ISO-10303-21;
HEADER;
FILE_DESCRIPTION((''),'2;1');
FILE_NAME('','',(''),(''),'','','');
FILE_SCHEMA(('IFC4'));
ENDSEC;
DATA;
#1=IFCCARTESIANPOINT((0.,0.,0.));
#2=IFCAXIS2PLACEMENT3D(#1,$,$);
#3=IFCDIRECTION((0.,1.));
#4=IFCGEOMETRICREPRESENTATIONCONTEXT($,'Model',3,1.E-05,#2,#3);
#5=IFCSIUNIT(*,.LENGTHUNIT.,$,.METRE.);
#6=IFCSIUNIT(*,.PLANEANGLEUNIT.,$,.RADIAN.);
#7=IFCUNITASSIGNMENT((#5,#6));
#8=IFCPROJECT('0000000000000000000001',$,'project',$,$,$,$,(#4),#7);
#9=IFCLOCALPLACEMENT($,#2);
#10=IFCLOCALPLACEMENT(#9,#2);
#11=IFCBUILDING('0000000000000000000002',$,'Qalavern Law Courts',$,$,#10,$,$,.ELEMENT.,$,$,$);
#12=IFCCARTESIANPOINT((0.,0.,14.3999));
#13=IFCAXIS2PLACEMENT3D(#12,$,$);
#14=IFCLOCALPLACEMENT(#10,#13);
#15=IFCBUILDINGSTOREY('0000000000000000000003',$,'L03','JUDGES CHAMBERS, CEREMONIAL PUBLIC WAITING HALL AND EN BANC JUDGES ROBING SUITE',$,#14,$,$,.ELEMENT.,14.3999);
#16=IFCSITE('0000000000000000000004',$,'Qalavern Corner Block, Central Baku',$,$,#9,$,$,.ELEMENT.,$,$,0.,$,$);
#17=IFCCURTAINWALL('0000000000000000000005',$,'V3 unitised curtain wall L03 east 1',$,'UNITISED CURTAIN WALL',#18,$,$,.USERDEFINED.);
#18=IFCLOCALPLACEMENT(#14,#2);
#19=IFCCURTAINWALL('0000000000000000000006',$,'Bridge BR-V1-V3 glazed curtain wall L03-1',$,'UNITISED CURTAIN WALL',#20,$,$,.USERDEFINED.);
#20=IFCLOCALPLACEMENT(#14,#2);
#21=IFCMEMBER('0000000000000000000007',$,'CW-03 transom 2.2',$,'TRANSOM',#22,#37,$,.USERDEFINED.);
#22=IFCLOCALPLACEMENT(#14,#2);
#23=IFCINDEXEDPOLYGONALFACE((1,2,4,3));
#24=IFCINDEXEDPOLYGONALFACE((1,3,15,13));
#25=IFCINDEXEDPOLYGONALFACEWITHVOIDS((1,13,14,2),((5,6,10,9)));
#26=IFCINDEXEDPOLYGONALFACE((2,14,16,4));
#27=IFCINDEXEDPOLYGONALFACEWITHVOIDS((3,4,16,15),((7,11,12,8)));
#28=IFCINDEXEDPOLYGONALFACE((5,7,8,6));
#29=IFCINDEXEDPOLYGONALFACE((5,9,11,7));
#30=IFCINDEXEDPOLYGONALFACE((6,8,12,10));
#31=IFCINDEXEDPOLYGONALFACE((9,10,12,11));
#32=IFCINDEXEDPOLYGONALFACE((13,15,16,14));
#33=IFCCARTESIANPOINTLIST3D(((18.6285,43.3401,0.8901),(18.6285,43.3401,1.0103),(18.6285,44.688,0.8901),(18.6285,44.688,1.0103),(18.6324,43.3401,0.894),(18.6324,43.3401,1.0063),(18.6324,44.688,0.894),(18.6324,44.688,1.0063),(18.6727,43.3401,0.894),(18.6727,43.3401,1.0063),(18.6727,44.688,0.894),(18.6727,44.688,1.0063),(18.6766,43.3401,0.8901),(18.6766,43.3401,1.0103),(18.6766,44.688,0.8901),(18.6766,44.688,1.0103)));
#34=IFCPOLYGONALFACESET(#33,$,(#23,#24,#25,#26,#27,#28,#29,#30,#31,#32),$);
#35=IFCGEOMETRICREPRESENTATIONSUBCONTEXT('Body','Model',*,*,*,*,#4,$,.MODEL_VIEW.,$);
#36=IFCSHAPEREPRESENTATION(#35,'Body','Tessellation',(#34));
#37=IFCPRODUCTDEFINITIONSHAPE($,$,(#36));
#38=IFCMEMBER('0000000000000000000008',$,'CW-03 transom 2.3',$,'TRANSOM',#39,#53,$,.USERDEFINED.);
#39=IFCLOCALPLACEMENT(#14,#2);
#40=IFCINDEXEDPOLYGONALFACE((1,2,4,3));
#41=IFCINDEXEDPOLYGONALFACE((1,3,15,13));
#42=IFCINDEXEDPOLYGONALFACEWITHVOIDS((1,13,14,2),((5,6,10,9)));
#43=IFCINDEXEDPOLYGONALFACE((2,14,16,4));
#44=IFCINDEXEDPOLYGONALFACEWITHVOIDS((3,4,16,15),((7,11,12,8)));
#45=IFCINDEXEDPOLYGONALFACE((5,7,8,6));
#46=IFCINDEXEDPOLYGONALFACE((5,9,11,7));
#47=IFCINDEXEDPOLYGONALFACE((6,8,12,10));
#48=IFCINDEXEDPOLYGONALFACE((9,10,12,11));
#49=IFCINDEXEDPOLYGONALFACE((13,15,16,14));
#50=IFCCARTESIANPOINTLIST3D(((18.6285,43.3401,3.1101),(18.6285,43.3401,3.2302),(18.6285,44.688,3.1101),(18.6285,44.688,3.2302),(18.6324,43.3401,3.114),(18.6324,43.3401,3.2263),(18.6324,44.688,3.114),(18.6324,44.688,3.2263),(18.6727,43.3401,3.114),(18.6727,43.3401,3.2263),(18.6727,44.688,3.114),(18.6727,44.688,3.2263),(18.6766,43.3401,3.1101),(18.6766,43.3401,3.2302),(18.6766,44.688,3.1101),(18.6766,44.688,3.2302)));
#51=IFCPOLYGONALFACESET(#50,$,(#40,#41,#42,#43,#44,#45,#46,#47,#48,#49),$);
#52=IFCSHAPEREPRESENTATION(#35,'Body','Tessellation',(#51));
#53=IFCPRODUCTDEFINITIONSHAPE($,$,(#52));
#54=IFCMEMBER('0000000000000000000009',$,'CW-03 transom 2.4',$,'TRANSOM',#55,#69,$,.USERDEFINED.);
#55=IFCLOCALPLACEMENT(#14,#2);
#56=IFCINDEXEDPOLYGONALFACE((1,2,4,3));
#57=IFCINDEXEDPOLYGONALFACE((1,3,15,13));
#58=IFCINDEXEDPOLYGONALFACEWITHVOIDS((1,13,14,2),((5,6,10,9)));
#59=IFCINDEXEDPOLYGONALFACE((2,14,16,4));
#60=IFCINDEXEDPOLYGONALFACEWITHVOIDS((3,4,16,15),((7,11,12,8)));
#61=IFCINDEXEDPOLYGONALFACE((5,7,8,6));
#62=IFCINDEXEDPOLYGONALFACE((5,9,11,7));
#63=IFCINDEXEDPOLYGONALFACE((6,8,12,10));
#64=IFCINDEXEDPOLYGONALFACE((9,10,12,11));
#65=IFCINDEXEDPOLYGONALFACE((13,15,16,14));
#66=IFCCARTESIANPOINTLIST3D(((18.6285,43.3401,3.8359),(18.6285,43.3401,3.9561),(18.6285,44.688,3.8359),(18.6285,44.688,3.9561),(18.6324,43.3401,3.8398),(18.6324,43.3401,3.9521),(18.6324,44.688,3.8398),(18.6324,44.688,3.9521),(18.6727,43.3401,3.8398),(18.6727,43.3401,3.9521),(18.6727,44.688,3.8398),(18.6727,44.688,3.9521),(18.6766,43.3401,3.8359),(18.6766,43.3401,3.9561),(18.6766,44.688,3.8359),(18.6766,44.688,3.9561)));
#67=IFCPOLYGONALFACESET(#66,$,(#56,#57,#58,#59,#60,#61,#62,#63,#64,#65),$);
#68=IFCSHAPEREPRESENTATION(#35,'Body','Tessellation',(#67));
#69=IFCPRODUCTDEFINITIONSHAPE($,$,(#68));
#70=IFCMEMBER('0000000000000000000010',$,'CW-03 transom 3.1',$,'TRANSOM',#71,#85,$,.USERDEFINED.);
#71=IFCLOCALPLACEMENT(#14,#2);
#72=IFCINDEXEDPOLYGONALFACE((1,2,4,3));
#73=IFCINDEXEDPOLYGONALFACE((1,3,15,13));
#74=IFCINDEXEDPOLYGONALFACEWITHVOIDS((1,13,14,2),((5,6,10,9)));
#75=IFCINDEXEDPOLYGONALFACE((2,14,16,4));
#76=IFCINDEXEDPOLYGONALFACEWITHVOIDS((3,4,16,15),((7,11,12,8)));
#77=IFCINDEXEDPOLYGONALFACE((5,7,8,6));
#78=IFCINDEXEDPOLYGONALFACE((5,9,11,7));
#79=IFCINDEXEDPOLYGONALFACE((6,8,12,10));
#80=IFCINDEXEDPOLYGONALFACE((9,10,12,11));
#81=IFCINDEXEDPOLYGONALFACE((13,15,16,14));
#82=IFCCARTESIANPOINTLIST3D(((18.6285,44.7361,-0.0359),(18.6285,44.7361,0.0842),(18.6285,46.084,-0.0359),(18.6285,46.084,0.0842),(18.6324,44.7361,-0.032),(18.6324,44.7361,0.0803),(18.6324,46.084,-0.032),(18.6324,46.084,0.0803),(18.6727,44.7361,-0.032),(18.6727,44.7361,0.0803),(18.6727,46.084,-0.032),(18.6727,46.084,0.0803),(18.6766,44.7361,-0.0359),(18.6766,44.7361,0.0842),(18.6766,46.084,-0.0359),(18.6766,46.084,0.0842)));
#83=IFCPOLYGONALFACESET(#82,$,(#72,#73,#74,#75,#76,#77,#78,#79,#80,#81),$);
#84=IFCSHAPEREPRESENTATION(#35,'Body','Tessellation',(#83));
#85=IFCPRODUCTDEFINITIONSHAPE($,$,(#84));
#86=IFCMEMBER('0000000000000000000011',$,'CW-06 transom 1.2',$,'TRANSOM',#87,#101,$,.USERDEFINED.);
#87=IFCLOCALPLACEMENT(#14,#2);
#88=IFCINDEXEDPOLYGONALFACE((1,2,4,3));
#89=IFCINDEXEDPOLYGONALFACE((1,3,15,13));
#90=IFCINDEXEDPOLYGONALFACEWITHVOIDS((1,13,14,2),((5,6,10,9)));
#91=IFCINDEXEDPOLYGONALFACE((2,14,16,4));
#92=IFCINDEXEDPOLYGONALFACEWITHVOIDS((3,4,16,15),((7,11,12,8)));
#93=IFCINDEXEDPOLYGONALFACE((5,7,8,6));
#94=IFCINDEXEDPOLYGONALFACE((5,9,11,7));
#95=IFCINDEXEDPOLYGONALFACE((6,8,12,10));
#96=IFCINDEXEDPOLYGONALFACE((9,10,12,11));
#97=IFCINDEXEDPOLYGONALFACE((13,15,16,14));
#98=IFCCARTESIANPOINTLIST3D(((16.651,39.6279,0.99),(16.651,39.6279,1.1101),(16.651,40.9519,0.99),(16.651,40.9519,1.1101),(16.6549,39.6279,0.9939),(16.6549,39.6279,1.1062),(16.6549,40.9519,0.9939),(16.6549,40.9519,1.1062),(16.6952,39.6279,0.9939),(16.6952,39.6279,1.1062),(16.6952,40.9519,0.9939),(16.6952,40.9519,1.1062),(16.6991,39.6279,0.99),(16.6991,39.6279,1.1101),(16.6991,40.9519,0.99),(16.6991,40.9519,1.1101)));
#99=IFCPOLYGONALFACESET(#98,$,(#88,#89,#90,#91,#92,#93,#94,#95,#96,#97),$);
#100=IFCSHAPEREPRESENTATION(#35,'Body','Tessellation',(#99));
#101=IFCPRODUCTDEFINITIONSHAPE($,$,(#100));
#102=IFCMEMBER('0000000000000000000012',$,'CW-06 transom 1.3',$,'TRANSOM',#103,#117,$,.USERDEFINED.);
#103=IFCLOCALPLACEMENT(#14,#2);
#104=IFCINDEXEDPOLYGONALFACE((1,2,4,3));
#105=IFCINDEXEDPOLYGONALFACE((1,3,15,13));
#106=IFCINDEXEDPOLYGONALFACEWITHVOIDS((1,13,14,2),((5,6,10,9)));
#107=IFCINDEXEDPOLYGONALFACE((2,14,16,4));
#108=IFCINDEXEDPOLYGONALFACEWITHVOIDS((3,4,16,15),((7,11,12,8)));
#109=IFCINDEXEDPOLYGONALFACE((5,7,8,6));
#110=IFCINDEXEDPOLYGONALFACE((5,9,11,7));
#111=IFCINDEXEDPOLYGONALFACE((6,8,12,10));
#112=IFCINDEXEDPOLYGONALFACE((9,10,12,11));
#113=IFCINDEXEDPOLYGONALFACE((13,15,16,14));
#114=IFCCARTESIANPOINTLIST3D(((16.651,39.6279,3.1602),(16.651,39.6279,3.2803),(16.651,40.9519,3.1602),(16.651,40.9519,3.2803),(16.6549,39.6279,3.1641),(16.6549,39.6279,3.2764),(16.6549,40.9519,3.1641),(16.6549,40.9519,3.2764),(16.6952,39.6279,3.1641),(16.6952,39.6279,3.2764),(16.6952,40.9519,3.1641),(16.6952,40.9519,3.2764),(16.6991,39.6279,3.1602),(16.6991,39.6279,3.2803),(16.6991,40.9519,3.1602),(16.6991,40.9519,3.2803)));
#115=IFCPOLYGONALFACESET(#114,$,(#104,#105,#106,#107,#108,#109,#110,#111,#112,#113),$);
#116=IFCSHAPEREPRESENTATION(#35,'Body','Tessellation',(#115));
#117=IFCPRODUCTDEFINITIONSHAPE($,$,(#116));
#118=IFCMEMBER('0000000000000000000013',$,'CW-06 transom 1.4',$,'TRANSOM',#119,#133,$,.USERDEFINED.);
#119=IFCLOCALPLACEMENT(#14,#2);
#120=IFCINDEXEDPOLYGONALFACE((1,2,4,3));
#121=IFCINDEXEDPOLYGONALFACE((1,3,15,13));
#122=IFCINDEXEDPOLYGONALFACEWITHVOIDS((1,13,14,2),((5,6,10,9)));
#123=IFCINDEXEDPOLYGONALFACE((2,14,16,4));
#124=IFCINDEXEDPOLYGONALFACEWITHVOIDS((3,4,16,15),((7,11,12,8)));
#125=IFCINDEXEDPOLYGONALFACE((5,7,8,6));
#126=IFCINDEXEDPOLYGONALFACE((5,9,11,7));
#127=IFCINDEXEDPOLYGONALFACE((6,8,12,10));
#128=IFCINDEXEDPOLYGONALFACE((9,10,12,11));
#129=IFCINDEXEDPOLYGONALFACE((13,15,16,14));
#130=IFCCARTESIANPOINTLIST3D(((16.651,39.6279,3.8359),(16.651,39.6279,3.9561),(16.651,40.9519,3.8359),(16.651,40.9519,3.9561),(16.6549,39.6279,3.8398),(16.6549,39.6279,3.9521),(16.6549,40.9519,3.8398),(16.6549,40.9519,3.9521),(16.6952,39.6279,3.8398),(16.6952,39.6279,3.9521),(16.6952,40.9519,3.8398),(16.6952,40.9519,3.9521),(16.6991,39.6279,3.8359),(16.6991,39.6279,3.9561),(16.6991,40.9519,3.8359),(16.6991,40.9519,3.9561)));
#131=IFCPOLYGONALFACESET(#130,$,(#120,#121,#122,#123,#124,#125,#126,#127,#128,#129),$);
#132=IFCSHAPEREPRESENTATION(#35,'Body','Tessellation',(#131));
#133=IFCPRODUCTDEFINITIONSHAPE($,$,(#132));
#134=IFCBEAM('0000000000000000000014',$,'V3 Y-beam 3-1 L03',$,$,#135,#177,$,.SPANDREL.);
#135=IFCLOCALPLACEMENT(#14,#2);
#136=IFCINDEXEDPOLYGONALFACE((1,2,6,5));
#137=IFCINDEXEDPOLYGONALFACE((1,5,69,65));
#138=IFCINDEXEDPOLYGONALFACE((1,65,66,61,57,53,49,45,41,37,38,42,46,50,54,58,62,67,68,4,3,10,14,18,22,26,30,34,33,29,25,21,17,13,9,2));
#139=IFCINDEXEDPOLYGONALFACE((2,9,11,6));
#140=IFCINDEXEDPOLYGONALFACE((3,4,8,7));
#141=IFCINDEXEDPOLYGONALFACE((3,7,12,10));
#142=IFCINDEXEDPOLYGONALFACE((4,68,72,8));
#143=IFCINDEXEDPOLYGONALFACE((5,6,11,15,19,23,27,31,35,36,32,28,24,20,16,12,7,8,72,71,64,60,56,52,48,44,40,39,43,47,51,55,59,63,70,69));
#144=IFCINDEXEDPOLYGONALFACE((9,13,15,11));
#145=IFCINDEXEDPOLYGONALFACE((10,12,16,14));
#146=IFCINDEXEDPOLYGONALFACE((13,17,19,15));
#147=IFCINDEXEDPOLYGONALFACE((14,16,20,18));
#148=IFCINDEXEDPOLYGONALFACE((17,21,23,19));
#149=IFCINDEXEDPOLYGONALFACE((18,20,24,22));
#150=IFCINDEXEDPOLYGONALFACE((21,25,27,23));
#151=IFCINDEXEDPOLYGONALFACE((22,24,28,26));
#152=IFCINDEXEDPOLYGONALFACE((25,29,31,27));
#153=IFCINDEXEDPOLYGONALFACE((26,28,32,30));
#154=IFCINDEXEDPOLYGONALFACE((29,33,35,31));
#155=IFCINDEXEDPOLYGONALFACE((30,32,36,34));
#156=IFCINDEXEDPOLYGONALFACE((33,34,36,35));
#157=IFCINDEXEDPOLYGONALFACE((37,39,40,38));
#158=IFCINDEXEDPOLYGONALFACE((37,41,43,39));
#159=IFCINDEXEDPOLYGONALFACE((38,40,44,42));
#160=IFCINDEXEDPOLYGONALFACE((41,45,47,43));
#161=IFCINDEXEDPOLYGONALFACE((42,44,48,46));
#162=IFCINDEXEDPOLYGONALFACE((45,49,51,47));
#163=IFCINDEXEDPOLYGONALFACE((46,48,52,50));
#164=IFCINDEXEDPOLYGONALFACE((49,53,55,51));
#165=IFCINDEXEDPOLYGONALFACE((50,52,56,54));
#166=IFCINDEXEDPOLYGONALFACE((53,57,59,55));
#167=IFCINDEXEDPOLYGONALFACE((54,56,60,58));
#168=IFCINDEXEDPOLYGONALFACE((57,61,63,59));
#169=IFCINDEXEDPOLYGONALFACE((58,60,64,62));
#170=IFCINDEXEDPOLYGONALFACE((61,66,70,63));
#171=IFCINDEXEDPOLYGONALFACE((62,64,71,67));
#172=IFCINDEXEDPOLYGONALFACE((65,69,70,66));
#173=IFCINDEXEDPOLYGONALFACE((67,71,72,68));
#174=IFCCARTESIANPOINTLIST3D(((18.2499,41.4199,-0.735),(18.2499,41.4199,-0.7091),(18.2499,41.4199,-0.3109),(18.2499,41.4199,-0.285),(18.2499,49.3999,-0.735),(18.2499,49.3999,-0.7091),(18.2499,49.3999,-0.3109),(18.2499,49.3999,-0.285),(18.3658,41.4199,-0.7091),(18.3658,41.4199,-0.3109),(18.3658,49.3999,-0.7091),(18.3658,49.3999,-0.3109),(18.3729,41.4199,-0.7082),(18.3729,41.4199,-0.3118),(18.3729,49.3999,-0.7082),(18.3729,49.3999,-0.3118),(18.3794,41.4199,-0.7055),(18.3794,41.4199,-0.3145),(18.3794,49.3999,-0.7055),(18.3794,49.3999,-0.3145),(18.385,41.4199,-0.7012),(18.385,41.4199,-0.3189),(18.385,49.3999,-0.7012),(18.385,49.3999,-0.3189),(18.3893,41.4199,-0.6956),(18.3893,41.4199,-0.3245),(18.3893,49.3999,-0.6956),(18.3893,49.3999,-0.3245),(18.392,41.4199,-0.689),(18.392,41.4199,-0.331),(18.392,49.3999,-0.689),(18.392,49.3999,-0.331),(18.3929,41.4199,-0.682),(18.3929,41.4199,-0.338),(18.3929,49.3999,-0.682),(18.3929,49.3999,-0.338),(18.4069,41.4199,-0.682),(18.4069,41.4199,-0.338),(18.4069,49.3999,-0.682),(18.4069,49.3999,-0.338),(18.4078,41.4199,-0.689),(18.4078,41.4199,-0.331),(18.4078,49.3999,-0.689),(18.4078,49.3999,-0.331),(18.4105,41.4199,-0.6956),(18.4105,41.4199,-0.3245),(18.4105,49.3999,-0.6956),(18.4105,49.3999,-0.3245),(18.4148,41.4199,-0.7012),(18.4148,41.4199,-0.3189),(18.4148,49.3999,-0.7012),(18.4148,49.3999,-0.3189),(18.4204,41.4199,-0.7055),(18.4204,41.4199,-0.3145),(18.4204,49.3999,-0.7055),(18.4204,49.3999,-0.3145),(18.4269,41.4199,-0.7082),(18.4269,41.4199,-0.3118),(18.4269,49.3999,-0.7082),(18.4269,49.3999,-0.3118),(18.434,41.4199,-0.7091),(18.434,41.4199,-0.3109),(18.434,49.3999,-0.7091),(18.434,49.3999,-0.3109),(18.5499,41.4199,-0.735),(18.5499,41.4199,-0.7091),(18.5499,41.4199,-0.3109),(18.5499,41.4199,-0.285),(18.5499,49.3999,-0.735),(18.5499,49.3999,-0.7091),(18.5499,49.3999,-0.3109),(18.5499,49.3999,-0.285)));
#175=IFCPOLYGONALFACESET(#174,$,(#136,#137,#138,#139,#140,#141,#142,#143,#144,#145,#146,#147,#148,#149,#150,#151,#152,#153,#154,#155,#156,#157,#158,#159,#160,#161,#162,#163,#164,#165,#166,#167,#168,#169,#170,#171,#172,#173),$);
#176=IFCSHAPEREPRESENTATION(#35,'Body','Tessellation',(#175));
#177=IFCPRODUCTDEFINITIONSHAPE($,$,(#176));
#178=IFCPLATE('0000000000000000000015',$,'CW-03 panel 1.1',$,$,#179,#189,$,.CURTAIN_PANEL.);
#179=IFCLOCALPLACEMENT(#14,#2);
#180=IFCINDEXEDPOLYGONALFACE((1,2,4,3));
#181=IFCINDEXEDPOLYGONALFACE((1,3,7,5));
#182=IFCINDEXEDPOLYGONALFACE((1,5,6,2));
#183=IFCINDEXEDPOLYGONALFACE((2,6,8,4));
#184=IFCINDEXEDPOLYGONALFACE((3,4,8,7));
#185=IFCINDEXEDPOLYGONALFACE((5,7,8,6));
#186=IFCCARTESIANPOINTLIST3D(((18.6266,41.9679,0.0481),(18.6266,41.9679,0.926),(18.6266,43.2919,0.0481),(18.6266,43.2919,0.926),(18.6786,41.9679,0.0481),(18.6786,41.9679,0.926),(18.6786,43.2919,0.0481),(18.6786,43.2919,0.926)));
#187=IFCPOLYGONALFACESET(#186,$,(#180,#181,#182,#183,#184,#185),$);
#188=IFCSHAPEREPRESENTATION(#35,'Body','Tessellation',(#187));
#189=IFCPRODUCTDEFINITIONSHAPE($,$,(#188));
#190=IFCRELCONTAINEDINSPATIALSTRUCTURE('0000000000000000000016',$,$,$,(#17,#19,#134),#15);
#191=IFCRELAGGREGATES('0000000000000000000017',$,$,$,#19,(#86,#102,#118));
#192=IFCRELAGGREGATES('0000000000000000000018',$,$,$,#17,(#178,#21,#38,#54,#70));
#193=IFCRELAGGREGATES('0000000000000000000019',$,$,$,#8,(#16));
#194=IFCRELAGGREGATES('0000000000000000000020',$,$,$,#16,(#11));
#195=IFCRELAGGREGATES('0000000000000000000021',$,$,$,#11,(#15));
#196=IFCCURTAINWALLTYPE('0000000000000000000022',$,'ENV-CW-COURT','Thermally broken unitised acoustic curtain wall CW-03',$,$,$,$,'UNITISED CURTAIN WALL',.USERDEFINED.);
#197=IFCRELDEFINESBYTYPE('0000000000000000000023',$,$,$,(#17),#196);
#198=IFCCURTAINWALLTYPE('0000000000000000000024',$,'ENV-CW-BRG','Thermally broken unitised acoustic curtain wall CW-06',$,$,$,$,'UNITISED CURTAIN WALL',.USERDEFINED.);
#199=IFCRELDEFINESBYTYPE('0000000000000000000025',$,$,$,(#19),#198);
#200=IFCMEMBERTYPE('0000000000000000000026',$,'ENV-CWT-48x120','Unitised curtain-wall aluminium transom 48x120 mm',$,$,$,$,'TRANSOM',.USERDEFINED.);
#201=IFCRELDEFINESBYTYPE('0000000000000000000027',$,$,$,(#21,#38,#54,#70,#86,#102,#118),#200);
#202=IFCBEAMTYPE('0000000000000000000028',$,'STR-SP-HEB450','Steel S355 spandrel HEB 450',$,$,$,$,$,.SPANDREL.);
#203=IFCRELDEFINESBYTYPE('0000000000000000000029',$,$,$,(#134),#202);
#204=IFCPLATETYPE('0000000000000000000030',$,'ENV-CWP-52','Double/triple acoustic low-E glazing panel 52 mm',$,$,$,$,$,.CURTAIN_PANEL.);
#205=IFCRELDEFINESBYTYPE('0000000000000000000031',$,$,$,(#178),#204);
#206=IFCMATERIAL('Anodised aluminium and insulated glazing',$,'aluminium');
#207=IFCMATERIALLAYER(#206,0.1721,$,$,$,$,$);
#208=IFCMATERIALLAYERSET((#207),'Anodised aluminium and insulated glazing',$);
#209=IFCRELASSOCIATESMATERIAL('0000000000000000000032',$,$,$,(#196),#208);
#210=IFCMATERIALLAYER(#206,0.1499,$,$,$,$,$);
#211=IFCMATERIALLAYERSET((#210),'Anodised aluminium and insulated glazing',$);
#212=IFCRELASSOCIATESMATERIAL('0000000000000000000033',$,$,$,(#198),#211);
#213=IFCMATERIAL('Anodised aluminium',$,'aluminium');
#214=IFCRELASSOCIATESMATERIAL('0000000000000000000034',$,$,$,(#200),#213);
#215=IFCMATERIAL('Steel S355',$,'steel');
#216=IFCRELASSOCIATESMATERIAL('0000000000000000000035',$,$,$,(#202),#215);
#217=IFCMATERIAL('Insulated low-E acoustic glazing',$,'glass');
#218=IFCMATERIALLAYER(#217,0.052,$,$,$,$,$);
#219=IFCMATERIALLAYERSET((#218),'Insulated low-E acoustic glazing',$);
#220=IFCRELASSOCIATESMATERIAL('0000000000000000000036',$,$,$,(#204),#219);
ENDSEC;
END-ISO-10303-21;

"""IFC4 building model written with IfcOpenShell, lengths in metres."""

from ifc_helpers import new_model, si_unit, direction, frame, origin, origin_2d, place, context, subcontext, project, spatial, rectangle, hollow_rectangle, i_section, extrude, material, layer, layer_set, material_profile, profile_set, type_object, element, aggregate, save


model = new_model("IFC4")

# Units and contexts
model_context = context("Model", 3, precision=1e-05, world=origin(), true_north=direction((0.0, 1.0)))
body_context = subcontext(model_context, "Body", "Model", "MODEL_VIEW")
ifc_project = project(units=[si_unit("LENGTHUNIT", "METRE"), si_unit("PLANEANGLEUNIT", "RADIAN")], contexts=[model_context])

# Site, building, storey
site_placement = place(None, origin())
site = spatial("IfcSite", under=ifc_project, at=site_placement, Name="Qalavern Corner Block, Central Baku", CompositionType="ELEMENT", RefElevation=0.0)
building_placement = place(site_placement, origin())
building = spatial("IfcBuilding", under=site, at=building_placement, Name="Qalavern Law Courts", CompositionType="ELEMENT")
storey_placement = place(building_placement, frame((0.0, 0.0, 14.3999)))
storey = spatial("IfcBuildingStorey", under=building, at=storey_placement, Name="L03", Description="JUDGES CHAMBERS, CEREMONIAL PUBLIC WAITING HALL AND EN BANC JUDGES ROBING SUITE", CompositionType="ELEMENT", Elevation=14.3999)

# Curtain wall
ifc_material_1 = material(Name="Anodised aluminium and insulated glazing", Category="aluminium")
ifc_layer_1 = layer(ifc_material_1, 0.1721)
ifc_layer_set_1 = layer_set([ifc_layer_1], Name="Anodised aluminium and insulated glazing")
curtain_wall_type_1 = type_object("IfcCurtainWallType", Name="ENV-CW-COURT", Description="Thermally broken unitised acoustic curtain wall CW-03", ElementType="UNITISED CURTAIN WALL", PredefinedType="USERDEFINED", material=ifc_layer_set_1)
curtain_wall_1_placement = place(storey_placement, origin())
curtain_wall_1 = element("IfcCurtainWall", 1, at=curtain_wall_1_placement, inside=storey, type_object=curtain_wall_type_1, Name="V3 unitised curtain wall L03 east 1", ObjectType="UNITISED CURTAIN WALL", PredefinedType="USERDEFINED")
ifc_material_2 = material(Name="Anodised aluminium", Category="aluminium")

# Curtain wall
ifc_layer_2 = layer(ifc_material_1, 0.1499)
ifc_layer_set_2 = layer_set([ifc_layer_2], Name="Anodised aluminium and insulated glazing")
curtain_wall_type_2 = type_object("IfcCurtainWallType", Name="ENV-CW-BRG", Description="Thermally broken unitised acoustic curtain wall CW-06", ElementType="UNITISED CURTAIN WALL", PredefinedType="USERDEFINED", material=ifc_layer_set_2)
curtain_wall_2_placement = place(storey_placement, origin())
curtain_wall_2 = element("IfcCurtainWall", 2, at=curtain_wall_2_placement, inside=storey, type_object=curtain_wall_type_2, Name="Bridge BR-V1-V3 glazed curtain wall L03-1", ObjectType="UNITISED CURTAIN WALL", PredefinedType="USERDEFINED")

# Members
ifc_material_profile_1 = material_profile(ifc_material_2, hollow_rectangle(XDim=0.0481, YDim=0.1201, WallThickness=0.0039, at=origin_2d()), Name="ALU TRANSOM 48x120")
ifc_profile_set_1 = profile_set([ifc_material_profile_1], Name="Anodised aluminium")
member_type_1 = type_object("IfcMemberType", Name="ENV-CWT-48x120", Description="Unitised curtain-wall aluminium transom 48x120 mm", ElementType="TRANSOM", PredefinedType="USERDEFINED", material=ifc_profile_set_1)
member_1_placement = place(storey_placement, frame((18.6526, 43.3401, 0.9502), z_axis=(0.0, 1.0, 0.0), x_axis=(-1.0, 0.0, 0.0)))
member_1 = element("IfcMember", 3, at=member_1_placement, type_object=member_type_1, Name="CW-03 transom 2.2", ObjectType="TRANSOM", PredefinedType="USERDEFINED", context=body_context, shape_type="SweptSolid", body=[
    extrude(hollow_rectangle(XDim=0.0481, YDim=0.1201, WallThickness=0.0039, at=origin_2d()), origin(), (0.0, 0.0, 1.0), 1.3479),
])
member_2_placement = place(storey_placement, frame((18.6526, 43.3401, 3.1702), z_axis=(0.0, 1.0, 0.0), x_axis=(-1.0, 0.0, 0.0)))
member_2 = element("IfcMember", 4, at=member_2_placement, type_object=member_type_1, Name="CW-03 transom 2.3", ObjectType="TRANSOM", PredefinedType="USERDEFINED", context=body_context, shape_type="SweptSolid", body=[
    extrude(hollow_rectangle(XDim=0.0481, YDim=0.1201, WallThickness=0.0039, at=origin_2d()), origin(), (0.0, 0.0, 1.0), 1.3479),
])
member_3_placement = place(storey_placement, frame((18.6526, 43.3401, 3.896), z_axis=(0.0, 1.0, 0.0), x_axis=(-1.0, 0.0, 0.0)))
member_3 = element("IfcMember", 5, at=member_3_placement, type_object=member_type_1, Name="CW-03 transom 2.4", ObjectType="TRANSOM", PredefinedType="USERDEFINED", context=body_context, shape_type="SweptSolid", body=[
    extrude(hollow_rectangle(XDim=0.0481, YDim=0.1201, WallThickness=0.0039, at=origin_2d()), origin(), (0.0, 0.0, 1.0), 1.3479),
])
member_4_placement = place(storey_placement, frame((18.6526, 44.7361, 0.0242), z_axis=(0.0, 1.0, 0.0), x_axis=(-1.0, 0.0, 0.0)))
member_4 = element("IfcMember", 6, at=member_4_placement, type_object=member_type_1, Name="CW-03 transom 3.1", ObjectType="TRANSOM", PredefinedType="USERDEFINED", context=body_context, shape_type="SweptSolid", body=[
    extrude(hollow_rectangle(XDim=0.0481, YDim=0.1201, WallThickness=0.0039, at=origin_2d()), origin(), (0.0, 0.0, 1.0), 1.3479),
])
member_5_placement = place(storey_placement, frame((16.675, 40.9519, 1.05), z_axis=(0.0, -1.0, 0.0), x_axis=(1.0, 0.0, 0.0)))
member_5 = element("IfcMember", 7, at=member_5_placement, type_object=member_type_1, Name="CW-06 transom 1.2", ObjectType="TRANSOM", PredefinedType="USERDEFINED", context=body_context, shape_type="SweptSolid", body=[
    extrude(hollow_rectangle(XDim=0.0481, YDim=0.1201, WallThickness=0.0039, at=origin_2d()), origin(), (0.0, 0.0, 1.0), 1.324),
])
member_6_placement = place(storey_placement, frame((16.675, 40.9519, 3.2202), z_axis=(0.0, -1.0, 0.0), x_axis=(1.0, 0.0, 0.0)))
member_6 = element("IfcMember", 8, at=member_6_placement, type_object=member_type_1, Name="CW-06 transom 1.3", ObjectType="TRANSOM", PredefinedType="USERDEFINED", context=body_context, shape_type="SweptSolid", body=[
    extrude(hollow_rectangle(XDim=0.0481, YDim=0.1201, WallThickness=0.0039, at=origin_2d()), origin(), (0.0, 0.0, 1.0), 1.324),
])
member_7_placement = place(storey_placement, frame((16.675, 40.9519, 3.896), z_axis=(0.0, -1.0, 0.0), x_axis=(1.0, 0.0, 0.0)))
member_7 = element("IfcMember", 9, at=member_7_placement, type_object=member_type_1, Name="CW-06 transom 1.4", ObjectType="TRANSOM", PredefinedType="USERDEFINED", context=body_context, shape_type="SweptSolid", body=[
    extrude(hollow_rectangle(XDim=0.0481, YDim=0.1201, WallThickness=0.0039, at=origin_2d()), origin(), (0.0, 0.0, 1.0), 1.324),
])
aggregate(curtain_wall_2, [member_5, member_6, member_7])

# Beam
ifc_material_3 = material(Name="Steel S355", Category="steel")
ifc_material_profile_2 = material_profile(ifc_material_3, i_section(OverallWidth=0.3, OverallDepth=0.45, WebThickness=0.0139, FlangeThickness=0.0259, FilletRadius=0.0271, at=origin_2d()), Name="HEB 450")
ifc_profile_set_2 = profile_set([ifc_material_profile_2], Name="Steel S355")
beam_type = type_object("IfcBeamType", Name="STR-SP-HEB450", Description="Steel S355 spandrel HEB 450", PredefinedType="SPANDREL", material=ifc_profile_set_2)
beam_placement = place(storey_placement, frame((18.3999, 41.4199, -0.51), z_axis=(0.0, 1.0, 0.0), x_axis=(-1.0, 0.0, 0.0)))
element("IfcBeam", 10, at=beam_placement, inside=storey, type_object=beam_type, Name="V3 Y-beam 3-1 L03", PredefinedType="SPANDREL", context=body_context, shape_type="SweptSolid", body=[
    extrude(i_section(OverallWidth=0.3, OverallDepth=0.45, WebThickness=0.0139, FlangeThickness=0.0259, FilletRadius=0.0271, at=origin_2d()), origin(), (0.0, 0.0, 1.0), 7.98),
])

# Plate
ifc_material_4 = material(Name="Insulated low-E acoustic glazing", Category="glass")
ifc_layer_3 = layer(ifc_material_4, 0.052)
ifc_layer_set_3 = layer_set([ifc_layer_3], Name="Insulated low-E acoustic glazing")
plate_type = type_object("IfcPlateType", Name="ENV-CWP-52", Description="Double/triple acoustic low-E glazing panel 52 mm", PredefinedType="CURTAIN_PANEL", material=ifc_layer_set_3)
plate_1_placement = place(storey_placement, frame((18.6526, 42.6299, 0.0481), z_axis=(0.0, 0.0, 1.0), x_axis=(0.0, 1.0, 0.0)))
plate_1 = element("IfcPlate", 11, at=plate_1_placement, type_object=plate_type, Name="CW-03 panel 1.1", PredefinedType="CURTAIN_PANEL", context=body_context, shape_type="SweptSolid", body=[
    extrude(rectangle(XDim=1.324, YDim=0.052, at=origin_2d()), origin(), (0.0, 0.0, 1.0), 0.8779),
])
aggregate(curtain_wall_1, [plate_1, member_1, member_2, member_3, member_4])

save(model, "model.ifc")
